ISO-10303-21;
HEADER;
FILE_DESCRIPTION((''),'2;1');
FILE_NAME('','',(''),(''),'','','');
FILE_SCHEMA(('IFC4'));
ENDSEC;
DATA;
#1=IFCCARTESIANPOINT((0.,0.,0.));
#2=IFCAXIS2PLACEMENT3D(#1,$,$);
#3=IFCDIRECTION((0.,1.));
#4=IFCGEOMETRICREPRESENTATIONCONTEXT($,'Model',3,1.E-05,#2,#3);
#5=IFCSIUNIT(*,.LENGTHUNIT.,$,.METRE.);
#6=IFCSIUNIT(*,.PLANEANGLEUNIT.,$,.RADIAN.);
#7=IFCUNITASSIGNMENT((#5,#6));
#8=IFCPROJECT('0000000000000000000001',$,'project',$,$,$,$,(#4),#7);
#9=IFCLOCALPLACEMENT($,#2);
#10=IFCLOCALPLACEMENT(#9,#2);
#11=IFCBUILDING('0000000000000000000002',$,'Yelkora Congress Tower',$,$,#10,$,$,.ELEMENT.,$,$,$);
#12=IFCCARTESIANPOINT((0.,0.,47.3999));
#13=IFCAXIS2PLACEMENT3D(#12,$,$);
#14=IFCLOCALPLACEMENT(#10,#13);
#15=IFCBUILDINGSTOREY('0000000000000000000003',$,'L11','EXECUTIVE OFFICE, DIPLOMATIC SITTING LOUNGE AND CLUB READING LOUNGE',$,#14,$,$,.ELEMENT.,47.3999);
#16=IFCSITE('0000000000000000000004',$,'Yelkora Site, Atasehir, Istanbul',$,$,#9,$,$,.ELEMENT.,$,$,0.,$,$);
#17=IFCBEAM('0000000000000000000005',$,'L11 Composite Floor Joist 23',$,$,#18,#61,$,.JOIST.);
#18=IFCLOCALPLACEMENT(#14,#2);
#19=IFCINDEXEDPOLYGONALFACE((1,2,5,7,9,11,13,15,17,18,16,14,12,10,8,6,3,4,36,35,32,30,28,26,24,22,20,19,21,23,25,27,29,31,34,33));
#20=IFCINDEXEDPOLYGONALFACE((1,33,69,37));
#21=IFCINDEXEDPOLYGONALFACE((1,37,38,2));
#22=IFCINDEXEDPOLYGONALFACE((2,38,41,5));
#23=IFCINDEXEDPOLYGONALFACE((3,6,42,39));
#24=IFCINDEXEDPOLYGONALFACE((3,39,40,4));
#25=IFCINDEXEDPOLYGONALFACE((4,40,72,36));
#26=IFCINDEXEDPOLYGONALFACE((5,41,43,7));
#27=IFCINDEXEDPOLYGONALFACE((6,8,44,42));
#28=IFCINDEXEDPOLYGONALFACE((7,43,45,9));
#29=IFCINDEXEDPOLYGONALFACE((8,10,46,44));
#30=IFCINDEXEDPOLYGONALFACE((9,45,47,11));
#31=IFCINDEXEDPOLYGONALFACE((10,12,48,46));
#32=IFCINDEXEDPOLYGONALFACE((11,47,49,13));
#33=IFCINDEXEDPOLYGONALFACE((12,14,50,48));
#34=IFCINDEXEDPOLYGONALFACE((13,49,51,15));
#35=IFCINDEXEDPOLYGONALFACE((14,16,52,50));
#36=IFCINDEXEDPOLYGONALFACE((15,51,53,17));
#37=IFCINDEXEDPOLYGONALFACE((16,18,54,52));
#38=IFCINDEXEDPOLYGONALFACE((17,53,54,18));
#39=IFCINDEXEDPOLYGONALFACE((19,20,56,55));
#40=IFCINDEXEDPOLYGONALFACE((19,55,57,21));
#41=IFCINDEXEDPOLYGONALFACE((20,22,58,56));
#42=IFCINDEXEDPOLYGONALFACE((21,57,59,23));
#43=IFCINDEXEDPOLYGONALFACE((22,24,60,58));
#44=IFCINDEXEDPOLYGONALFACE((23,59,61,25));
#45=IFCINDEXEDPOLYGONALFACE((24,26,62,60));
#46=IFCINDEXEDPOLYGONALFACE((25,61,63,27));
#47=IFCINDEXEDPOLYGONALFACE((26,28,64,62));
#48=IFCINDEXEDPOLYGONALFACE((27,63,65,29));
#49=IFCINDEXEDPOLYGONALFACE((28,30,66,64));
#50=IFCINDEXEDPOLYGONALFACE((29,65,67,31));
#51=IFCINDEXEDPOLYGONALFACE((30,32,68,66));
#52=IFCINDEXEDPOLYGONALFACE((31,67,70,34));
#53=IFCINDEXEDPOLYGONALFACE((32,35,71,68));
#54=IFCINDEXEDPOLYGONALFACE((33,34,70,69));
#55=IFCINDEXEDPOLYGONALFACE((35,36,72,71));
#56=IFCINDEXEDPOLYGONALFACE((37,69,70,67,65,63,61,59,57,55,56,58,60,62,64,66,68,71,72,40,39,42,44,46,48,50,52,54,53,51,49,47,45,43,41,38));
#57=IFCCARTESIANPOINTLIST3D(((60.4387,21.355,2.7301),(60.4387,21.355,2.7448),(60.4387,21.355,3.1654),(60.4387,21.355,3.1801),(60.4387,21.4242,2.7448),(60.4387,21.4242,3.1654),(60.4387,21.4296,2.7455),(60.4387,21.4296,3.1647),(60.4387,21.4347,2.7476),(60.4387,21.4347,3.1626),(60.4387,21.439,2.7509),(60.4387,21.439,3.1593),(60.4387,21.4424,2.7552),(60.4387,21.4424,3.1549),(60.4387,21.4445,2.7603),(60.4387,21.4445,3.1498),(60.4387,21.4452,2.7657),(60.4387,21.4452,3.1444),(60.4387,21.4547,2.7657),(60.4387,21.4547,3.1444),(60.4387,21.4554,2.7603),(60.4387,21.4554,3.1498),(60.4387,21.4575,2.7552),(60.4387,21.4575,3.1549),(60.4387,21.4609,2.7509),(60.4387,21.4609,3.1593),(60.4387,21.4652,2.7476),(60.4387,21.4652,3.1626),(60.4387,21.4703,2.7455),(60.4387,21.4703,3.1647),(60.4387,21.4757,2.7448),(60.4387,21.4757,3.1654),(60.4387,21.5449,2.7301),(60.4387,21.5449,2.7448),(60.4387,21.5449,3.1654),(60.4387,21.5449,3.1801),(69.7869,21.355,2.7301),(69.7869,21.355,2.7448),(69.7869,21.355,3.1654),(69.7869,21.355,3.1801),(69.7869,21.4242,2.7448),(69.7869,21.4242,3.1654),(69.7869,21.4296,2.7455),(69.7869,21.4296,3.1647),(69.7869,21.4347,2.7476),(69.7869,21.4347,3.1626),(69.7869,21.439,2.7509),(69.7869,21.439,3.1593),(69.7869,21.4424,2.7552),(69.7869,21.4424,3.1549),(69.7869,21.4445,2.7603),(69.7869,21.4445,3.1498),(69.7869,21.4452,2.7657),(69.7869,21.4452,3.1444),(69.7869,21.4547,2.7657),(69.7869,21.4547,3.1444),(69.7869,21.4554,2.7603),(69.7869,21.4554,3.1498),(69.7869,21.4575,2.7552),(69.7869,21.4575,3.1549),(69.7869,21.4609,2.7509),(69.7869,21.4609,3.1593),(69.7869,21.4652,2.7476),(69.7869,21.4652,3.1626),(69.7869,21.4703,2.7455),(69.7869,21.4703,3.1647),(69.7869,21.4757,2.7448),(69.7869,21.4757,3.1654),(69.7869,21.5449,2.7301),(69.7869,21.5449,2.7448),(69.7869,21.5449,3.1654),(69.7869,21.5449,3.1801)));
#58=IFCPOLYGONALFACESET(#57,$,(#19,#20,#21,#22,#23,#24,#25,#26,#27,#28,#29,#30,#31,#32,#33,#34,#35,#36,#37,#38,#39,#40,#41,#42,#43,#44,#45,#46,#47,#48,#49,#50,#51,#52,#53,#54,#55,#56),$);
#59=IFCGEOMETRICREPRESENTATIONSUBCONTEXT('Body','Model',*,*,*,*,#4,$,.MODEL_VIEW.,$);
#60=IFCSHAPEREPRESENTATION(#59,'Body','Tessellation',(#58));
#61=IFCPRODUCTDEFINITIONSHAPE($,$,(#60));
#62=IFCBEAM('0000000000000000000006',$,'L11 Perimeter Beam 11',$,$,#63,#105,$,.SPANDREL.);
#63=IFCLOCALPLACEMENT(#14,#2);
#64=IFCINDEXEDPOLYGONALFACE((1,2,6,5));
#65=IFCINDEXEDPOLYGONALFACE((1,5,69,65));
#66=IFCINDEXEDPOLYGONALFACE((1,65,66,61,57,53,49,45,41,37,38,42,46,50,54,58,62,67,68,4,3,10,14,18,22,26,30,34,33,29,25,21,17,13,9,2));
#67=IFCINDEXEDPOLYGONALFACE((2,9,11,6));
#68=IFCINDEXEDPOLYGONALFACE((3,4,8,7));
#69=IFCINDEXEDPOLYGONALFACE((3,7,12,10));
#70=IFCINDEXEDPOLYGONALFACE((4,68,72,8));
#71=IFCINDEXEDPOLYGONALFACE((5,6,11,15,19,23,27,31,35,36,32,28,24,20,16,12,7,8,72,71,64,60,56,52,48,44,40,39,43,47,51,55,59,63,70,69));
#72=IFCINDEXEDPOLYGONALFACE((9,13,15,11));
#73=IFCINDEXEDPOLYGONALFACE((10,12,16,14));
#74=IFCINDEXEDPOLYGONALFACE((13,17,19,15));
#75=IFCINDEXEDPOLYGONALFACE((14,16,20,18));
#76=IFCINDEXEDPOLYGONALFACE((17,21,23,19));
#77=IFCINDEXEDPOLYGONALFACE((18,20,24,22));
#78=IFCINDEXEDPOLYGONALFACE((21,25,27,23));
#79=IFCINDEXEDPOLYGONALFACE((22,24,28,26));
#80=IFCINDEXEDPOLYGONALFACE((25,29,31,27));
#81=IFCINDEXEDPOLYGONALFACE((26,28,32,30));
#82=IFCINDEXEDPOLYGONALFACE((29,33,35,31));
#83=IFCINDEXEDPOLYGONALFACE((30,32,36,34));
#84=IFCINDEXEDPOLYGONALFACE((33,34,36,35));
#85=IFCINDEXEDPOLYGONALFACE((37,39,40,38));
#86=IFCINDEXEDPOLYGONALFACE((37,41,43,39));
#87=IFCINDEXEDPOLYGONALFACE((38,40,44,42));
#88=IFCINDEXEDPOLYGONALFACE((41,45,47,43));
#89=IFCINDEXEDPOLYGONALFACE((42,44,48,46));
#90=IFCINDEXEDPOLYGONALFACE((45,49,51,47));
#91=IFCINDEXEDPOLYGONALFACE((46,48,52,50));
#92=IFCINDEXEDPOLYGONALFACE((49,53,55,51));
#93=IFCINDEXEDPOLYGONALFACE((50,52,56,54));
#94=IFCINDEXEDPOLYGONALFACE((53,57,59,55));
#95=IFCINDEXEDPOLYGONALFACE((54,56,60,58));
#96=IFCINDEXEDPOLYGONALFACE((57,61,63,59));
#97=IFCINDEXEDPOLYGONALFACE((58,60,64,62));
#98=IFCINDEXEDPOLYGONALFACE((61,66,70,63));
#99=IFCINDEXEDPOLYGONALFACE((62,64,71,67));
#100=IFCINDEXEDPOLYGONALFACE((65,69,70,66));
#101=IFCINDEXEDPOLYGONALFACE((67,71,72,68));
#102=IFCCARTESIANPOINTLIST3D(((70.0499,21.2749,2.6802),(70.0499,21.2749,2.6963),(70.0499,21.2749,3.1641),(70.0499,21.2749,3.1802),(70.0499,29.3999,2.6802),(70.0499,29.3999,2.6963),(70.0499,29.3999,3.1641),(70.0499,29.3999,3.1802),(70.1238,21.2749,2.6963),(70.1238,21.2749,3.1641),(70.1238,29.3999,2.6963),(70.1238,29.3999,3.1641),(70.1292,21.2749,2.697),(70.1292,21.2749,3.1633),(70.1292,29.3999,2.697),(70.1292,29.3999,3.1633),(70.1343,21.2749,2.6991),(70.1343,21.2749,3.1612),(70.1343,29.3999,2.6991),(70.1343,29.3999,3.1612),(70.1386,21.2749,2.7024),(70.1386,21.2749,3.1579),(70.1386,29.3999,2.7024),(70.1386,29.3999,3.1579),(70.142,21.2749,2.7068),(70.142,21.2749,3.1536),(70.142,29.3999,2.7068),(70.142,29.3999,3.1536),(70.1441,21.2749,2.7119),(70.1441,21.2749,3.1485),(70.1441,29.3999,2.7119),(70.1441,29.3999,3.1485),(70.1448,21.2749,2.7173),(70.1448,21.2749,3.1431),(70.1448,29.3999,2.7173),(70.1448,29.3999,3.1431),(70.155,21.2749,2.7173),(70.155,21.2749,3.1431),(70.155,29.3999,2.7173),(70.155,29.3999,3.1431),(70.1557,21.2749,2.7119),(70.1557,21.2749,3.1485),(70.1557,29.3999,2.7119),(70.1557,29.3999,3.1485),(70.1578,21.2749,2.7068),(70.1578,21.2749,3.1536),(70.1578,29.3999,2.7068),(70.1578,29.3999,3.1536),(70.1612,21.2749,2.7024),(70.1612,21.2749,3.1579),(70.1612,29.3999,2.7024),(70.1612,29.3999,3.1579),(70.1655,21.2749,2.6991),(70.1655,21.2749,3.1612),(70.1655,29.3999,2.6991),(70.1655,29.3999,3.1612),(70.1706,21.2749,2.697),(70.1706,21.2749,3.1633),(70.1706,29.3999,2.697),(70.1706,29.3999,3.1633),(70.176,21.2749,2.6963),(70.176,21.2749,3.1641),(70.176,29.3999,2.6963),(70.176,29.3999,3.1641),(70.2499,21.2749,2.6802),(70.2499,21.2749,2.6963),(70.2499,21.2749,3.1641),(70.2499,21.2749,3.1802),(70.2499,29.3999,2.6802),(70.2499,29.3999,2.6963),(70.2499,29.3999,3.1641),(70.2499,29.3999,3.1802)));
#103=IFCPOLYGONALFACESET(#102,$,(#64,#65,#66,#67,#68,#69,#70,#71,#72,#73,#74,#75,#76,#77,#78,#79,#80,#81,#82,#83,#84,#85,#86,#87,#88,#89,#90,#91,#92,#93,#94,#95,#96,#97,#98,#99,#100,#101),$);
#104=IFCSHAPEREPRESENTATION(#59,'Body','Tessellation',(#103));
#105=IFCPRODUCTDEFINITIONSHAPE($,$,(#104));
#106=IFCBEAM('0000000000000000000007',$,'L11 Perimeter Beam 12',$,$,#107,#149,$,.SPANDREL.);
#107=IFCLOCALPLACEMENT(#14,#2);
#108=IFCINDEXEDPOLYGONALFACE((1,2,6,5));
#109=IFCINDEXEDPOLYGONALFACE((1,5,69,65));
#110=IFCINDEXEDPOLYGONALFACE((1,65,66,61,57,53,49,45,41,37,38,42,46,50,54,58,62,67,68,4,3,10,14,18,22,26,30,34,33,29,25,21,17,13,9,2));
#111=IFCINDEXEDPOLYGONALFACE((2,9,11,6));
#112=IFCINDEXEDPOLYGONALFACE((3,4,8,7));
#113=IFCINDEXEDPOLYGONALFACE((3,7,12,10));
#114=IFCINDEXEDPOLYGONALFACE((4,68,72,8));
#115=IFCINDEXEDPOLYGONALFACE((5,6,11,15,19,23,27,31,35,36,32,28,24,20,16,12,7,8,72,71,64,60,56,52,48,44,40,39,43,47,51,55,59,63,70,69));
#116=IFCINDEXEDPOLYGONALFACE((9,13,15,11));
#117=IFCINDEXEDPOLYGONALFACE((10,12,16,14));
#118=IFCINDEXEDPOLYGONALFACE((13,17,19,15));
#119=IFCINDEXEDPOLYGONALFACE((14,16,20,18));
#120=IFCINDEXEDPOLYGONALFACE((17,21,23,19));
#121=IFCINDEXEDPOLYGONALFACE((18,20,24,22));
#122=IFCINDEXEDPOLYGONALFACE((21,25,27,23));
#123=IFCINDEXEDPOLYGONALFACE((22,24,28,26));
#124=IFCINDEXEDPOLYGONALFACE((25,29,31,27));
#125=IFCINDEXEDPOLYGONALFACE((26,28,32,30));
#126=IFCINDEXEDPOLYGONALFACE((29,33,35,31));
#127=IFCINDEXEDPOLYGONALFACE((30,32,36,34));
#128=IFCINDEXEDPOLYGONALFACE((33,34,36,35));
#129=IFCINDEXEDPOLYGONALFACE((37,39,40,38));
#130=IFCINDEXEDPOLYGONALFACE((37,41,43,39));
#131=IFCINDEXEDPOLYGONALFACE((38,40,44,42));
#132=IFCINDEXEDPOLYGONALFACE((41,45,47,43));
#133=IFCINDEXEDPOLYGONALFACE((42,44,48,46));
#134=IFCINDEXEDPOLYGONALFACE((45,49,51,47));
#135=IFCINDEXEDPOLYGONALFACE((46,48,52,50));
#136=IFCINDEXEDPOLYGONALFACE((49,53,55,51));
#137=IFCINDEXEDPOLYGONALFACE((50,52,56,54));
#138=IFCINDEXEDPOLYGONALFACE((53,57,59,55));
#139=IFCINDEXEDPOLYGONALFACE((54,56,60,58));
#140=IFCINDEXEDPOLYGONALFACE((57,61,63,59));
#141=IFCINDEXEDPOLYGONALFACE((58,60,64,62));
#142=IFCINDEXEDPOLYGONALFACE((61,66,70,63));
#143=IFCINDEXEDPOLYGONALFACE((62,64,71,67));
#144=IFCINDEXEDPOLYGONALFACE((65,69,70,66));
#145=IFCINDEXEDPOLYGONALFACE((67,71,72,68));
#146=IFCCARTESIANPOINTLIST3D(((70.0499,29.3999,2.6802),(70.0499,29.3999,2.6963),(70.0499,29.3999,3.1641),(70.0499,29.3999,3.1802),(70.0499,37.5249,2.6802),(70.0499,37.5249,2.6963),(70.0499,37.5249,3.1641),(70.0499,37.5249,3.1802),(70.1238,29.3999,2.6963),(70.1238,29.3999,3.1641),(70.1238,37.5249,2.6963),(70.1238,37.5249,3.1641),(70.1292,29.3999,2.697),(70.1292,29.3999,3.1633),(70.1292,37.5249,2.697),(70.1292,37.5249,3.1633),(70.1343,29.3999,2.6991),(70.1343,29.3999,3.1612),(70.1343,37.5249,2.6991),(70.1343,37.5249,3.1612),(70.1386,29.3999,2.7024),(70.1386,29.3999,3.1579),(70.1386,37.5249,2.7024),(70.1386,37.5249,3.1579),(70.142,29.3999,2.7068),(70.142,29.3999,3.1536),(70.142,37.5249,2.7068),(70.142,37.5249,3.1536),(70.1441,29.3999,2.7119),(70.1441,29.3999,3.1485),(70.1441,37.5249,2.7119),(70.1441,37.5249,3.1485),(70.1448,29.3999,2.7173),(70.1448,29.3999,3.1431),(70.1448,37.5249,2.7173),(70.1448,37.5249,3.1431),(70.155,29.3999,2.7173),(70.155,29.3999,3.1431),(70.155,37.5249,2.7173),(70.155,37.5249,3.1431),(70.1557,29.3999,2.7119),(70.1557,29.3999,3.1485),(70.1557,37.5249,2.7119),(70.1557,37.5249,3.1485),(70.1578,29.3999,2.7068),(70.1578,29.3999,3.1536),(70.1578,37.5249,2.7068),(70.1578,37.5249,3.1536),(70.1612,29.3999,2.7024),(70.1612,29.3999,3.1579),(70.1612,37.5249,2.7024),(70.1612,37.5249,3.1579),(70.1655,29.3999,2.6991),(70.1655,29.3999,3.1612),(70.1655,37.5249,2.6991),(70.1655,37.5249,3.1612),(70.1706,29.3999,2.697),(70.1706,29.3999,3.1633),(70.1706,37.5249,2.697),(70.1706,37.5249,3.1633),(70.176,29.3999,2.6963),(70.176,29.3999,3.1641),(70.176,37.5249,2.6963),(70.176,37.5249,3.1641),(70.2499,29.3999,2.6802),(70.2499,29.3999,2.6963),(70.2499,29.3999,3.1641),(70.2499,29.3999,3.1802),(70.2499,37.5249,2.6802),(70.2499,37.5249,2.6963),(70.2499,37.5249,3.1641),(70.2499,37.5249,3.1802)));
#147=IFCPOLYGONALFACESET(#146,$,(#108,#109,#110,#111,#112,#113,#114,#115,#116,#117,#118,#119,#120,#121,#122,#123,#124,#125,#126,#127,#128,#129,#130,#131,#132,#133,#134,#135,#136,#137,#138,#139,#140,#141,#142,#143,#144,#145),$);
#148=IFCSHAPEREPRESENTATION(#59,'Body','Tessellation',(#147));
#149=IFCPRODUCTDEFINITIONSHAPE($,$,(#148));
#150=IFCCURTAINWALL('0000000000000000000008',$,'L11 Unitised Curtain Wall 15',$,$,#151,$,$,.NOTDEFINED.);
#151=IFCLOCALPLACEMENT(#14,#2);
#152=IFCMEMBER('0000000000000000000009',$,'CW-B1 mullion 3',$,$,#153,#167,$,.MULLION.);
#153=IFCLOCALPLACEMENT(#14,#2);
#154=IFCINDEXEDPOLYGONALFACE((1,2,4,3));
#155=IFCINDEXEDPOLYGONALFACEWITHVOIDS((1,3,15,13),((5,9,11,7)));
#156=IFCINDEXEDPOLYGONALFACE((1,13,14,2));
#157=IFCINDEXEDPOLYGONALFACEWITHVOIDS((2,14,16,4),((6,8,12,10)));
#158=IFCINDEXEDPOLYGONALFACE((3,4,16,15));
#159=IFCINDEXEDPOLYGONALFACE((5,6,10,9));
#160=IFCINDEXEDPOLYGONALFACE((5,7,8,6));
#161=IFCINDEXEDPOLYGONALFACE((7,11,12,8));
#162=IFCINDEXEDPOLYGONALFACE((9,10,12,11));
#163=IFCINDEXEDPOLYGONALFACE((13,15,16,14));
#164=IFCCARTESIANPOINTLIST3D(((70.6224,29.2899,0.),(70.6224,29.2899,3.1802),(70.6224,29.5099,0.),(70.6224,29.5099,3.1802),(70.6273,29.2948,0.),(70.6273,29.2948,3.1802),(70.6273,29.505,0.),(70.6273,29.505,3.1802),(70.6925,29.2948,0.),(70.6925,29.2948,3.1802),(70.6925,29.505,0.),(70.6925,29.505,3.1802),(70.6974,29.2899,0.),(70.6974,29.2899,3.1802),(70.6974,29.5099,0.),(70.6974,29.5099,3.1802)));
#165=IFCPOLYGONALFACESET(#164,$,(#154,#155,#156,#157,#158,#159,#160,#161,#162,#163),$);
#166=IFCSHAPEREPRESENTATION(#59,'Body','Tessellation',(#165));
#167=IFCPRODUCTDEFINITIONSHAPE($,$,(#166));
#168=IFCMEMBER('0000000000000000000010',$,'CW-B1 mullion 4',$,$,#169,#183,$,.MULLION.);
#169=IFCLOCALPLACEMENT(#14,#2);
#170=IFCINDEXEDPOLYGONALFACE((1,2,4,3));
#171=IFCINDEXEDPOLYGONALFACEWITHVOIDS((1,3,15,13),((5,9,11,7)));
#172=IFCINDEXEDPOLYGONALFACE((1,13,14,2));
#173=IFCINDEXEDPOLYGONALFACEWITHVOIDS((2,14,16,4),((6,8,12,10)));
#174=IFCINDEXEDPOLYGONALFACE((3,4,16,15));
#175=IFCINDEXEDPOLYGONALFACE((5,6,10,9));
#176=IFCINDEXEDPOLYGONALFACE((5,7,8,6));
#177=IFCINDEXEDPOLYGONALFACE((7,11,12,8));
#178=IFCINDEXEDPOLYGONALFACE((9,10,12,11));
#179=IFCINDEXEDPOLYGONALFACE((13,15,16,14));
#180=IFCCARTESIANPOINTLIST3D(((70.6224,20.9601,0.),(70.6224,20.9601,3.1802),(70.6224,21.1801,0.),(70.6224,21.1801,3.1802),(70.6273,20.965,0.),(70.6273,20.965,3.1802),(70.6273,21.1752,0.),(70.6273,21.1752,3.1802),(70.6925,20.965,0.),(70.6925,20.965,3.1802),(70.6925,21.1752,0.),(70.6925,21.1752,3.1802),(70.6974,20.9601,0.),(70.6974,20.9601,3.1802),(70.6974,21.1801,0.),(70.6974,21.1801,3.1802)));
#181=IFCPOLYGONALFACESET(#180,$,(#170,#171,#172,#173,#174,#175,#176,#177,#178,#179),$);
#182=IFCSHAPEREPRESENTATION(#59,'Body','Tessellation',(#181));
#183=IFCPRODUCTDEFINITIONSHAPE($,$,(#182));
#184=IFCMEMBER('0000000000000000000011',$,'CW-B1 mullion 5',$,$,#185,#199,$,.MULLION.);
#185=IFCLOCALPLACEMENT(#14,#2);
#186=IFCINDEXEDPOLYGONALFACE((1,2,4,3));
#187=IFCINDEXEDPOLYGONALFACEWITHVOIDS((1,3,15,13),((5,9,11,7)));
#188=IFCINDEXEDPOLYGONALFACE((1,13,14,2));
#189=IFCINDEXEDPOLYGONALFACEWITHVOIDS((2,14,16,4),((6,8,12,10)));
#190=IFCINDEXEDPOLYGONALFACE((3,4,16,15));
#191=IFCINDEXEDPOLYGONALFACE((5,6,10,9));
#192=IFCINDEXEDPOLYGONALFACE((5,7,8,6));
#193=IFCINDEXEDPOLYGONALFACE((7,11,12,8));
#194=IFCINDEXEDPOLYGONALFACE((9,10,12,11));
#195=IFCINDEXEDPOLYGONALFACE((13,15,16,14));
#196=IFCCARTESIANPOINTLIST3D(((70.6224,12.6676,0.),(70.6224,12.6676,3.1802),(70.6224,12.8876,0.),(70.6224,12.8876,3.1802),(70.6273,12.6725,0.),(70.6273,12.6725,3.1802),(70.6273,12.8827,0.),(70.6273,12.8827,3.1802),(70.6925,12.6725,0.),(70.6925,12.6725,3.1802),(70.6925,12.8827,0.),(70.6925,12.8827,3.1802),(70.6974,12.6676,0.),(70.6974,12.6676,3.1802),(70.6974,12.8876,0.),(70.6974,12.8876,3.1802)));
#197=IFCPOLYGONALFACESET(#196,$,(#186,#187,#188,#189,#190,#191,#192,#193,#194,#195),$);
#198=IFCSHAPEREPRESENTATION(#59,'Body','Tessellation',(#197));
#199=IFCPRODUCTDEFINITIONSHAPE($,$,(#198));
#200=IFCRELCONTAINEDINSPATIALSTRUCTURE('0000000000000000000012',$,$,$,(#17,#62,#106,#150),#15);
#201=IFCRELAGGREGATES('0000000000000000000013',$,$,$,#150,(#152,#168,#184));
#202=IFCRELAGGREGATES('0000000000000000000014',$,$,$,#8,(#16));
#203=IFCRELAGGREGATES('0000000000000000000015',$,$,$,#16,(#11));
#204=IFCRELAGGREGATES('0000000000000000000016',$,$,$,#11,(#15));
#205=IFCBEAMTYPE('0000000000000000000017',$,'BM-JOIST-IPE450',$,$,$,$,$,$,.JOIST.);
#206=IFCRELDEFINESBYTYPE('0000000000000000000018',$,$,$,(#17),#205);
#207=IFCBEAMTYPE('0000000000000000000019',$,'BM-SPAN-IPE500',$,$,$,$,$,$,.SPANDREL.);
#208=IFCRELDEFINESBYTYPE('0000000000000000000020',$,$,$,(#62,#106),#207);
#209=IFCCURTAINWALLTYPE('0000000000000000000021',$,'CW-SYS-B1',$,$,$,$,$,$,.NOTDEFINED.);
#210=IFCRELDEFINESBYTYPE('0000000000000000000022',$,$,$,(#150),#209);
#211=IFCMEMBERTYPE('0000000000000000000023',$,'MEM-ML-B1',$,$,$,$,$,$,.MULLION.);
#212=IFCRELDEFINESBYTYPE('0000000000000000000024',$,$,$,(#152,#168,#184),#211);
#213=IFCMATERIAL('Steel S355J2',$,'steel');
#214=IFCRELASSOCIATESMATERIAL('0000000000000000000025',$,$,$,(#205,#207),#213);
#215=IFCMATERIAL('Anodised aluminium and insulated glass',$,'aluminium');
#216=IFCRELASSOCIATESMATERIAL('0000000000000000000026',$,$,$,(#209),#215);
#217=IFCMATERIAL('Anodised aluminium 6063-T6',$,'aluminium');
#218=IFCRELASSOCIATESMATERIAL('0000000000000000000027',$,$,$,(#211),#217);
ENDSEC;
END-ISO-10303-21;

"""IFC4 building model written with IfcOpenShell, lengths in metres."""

from ifc_helpers import new_model, si_unit, direction, frame, origin, origin_2d, place, context, subcontext, project, spatial, hollow_rectangle, i_section, extrude, material, material_profile, profile_set, type_object, element, aggregate, save


model = new_model("IFC4")

# Units and contexts
model_context = context("Model", 3, precision=1e-05, world=origin(), true_north=direction((0.0, 1.0)))
body_context = subcontext(model_context, "Body", "Model", "MODEL_VIEW")
ifc_project = project(units=[si_unit("LENGTHUNIT", "METRE"), si_unit("PLANEANGLEUNIT", "RADIAN")], contexts=[model_context])

# Site, building, storey
site_placement = place(None, origin())
site = spatial("IfcSite", under=ifc_project, at=site_placement, Name="Yelkora Site, Atasehir, Istanbul", CompositionType="ELEMENT", RefElevation=0.0)
building_placement = place(site_placement, origin())
building = spatial("IfcBuilding", under=site, at=building_placement, Name="Yelkora Congress Tower", CompositionType="ELEMENT")
storey_placement = place(building_placement, frame((0.0, 0.0, 47.3999)))
storey = spatial("IfcBuildingStorey", under=building, at=storey_placement, Name="L11", Description="EXECUTIVE OFFICE, DIPLOMATIC SITTING LOUNGE AND CLUB READING LOUNGE", CompositionType="ELEMENT", Elevation=47.3999)

# Beams
ifc_material_1 = material(Name="Steel S355J2", Category="steel")
ifc_material_profile_1 = material_profile(ifc_material_1, i_section(OverallWidth=0.1899, OverallDepth=0.45, WebThickness=0.0095, FlangeThickness=0.0146, FilletRadius=0.021, at=origin_2d()), Name="IPE 450")
ifc_profile_set_1 = profile_set([ifc_material_profile_1], Name="Steel S355J2")
beam_type_1 = type_object("IfcBeamType", Name="BM-JOIST-IPE450", PredefinedType="JOIST", material=ifc_profile_set_1)
beam_1_placement = place(storey_placement, frame((60.4387, 21.45, 2.9551), z_axis=(1.0, 0.0, 0.0), x_axis=(0.0, 1.0, 0.0)))
element("IfcBeam", 1, at=beam_1_placement, inside=storey, type_object=beam_type_1, Name="L11 Composite Floor Joist 23", PredefinedType="JOIST", context=body_context, shape_type="SweptSolid", body=[
    extrude(i_section(OverallWidth=0.1899, OverallDepth=0.45, WebThickness=0.0095, FlangeThickness=0.0146, FilletRadius=0.021, at=origin_2d()), origin(), (0.0, 0.0, 1.0), 9.3481),
])
ifc_material_profile_2 = material_profile(ifc_material_1, i_section(OverallWidth=0.2, OverallDepth=0.5, WebThickness=0.0103, FlangeThickness=0.0161, FilletRadius=0.021, at=origin_2d()), Name="IPE 500")
ifc_profile_set_2 = profile_set([ifc_material_profile_2], Name="Steel S355J2")
beam_type_2 = type_object("IfcBeamType", Name="BM-SPAN-IPE500", PredefinedType="SPANDREL", material=ifc_profile_set_2)
for number, where, z_axis, x_axis, name in (
    (2, (70.1499, 21.2749, 2.9302), (0.0, 1.0, 0.0), (-1.0, 0.0, 0.0), "L11 Perimeter Beam 11"),
    (3, (70.1499, 29.3999, 2.9302), (0.0, 1.0, 0.0), (-1.0, 0.0, 0.0), "L11 Perimeter Beam 12"),
):
    element("IfcBeam", number, at=place(storey_placement, frame(where, z_axis=z_axis, x_axis=x_axis)), inside=storey, type_object=beam_type_2, Name=name, PredefinedType="SPANDREL", context=body_context, shape_type="SweptSolid", body=[
        extrude(i_section(OverallWidth=0.2, OverallDepth=0.5, WebThickness=0.0103, FlangeThickness=0.0161, FilletRadius=0.021, at=origin_2d()), origin(), (0.0, 0.0, 1.0), 8.125),
    ])

# Curtain wall, members
ifc_material_2 = material(Name="Anodised aluminium and insulated glass", Category="aluminium")
curtain_wall_type = type_object("IfcCurtainWallType", Name="CW-SYS-B1", PredefinedType="NOTDEFINED", material=ifc_material_2)
curtain_wall_placement = place(storey_placement, origin())
curtain_wall = element("IfcCurtainWall", 4, at=curtain_wall_placement, inside=storey, type_object=curtain_wall_type, Name="L11 Unitised Curtain Wall 15", PredefinedType="NOTDEFINED")
ifc_material_3 = material(Name="Anodised aluminium 6063-T6", Category="aluminium")
ifc_material_profile_3 = material_profile(ifc_material_3, hollow_rectangle(XDim=0.075, YDim=0.22, WallThickness=0.0049, at=origin_2d()), Name="ALU 75x220x5")
ifc_profile_set_3 = profile_set([ifc_material_profile_3], Name="Anodised aluminium 6063-T6")
member_type_1 = type_object("IfcMemberType", Name="MEM-ML-B1", PredefinedType="MULLION", material=ifc_profile_set_3)
member_1_placement = place(storey_placement, frame((70.6599, 29.3999, 0.0), z_axis=(0.0, 0.0, 1.0), x_axis=(1.0, 0.0, 0.0)))
member_1 = element("IfcMember", 5, at=member_1_placement, type_object=member_type_1, Name="CW-B1 mullion 3", PredefinedType="MULLION", context=body_context, shape_type="SweptSolid", body=[
    extrude(hollow_rectangle(XDim=0.075, YDim=0.22, WallThickness=0.0049, at=origin_2d()), origin(), (0.0, 0.0, 1.0), 3.1802),
])
member_2_placement = place(storey_placement, frame((70.6599, 21.0701, 0.0), z_axis=(0.0, 0.0, 1.0), x_axis=(1.0, 0.0, 0.0)))
member_2 = element("IfcMember", 6, at=member_2_placement, type_object=member_type_1, Name="CW-B1 mullion 4", PredefinedType="MULLION", context=body_context, shape_type="SweptSolid", body=[
    extrude(hollow_rectangle(XDim=0.075, YDim=0.22, WallThickness=0.0049, at=origin_2d()), origin(), (0.0, 0.0, 1.0), 3.1802),
])
member_3_placement = place(storey_placement, frame((70.6599, 12.7776, 0.0), z_axis=(0.0, 0.0, 1.0), x_axis=(1.0, 0.0, 0.0)))
member_3 = element("IfcMember", 7, at=member_3_placement, type_object=member_type_1, Name="CW-B1 mullion 5", PredefinedType="MULLION", context=body_context, shape_type="SweptSolid", body=[
    extrude(hollow_rectangle(XDim=0.075, YDim=0.22, WallThickness=0.0049, at=origin_2d()), origin(), (0.0, 0.0, 1.0), 3.1802),
])
aggregate(curtain_wall, [member_1, member_2, member_3])

save(model, "model.ifc")
